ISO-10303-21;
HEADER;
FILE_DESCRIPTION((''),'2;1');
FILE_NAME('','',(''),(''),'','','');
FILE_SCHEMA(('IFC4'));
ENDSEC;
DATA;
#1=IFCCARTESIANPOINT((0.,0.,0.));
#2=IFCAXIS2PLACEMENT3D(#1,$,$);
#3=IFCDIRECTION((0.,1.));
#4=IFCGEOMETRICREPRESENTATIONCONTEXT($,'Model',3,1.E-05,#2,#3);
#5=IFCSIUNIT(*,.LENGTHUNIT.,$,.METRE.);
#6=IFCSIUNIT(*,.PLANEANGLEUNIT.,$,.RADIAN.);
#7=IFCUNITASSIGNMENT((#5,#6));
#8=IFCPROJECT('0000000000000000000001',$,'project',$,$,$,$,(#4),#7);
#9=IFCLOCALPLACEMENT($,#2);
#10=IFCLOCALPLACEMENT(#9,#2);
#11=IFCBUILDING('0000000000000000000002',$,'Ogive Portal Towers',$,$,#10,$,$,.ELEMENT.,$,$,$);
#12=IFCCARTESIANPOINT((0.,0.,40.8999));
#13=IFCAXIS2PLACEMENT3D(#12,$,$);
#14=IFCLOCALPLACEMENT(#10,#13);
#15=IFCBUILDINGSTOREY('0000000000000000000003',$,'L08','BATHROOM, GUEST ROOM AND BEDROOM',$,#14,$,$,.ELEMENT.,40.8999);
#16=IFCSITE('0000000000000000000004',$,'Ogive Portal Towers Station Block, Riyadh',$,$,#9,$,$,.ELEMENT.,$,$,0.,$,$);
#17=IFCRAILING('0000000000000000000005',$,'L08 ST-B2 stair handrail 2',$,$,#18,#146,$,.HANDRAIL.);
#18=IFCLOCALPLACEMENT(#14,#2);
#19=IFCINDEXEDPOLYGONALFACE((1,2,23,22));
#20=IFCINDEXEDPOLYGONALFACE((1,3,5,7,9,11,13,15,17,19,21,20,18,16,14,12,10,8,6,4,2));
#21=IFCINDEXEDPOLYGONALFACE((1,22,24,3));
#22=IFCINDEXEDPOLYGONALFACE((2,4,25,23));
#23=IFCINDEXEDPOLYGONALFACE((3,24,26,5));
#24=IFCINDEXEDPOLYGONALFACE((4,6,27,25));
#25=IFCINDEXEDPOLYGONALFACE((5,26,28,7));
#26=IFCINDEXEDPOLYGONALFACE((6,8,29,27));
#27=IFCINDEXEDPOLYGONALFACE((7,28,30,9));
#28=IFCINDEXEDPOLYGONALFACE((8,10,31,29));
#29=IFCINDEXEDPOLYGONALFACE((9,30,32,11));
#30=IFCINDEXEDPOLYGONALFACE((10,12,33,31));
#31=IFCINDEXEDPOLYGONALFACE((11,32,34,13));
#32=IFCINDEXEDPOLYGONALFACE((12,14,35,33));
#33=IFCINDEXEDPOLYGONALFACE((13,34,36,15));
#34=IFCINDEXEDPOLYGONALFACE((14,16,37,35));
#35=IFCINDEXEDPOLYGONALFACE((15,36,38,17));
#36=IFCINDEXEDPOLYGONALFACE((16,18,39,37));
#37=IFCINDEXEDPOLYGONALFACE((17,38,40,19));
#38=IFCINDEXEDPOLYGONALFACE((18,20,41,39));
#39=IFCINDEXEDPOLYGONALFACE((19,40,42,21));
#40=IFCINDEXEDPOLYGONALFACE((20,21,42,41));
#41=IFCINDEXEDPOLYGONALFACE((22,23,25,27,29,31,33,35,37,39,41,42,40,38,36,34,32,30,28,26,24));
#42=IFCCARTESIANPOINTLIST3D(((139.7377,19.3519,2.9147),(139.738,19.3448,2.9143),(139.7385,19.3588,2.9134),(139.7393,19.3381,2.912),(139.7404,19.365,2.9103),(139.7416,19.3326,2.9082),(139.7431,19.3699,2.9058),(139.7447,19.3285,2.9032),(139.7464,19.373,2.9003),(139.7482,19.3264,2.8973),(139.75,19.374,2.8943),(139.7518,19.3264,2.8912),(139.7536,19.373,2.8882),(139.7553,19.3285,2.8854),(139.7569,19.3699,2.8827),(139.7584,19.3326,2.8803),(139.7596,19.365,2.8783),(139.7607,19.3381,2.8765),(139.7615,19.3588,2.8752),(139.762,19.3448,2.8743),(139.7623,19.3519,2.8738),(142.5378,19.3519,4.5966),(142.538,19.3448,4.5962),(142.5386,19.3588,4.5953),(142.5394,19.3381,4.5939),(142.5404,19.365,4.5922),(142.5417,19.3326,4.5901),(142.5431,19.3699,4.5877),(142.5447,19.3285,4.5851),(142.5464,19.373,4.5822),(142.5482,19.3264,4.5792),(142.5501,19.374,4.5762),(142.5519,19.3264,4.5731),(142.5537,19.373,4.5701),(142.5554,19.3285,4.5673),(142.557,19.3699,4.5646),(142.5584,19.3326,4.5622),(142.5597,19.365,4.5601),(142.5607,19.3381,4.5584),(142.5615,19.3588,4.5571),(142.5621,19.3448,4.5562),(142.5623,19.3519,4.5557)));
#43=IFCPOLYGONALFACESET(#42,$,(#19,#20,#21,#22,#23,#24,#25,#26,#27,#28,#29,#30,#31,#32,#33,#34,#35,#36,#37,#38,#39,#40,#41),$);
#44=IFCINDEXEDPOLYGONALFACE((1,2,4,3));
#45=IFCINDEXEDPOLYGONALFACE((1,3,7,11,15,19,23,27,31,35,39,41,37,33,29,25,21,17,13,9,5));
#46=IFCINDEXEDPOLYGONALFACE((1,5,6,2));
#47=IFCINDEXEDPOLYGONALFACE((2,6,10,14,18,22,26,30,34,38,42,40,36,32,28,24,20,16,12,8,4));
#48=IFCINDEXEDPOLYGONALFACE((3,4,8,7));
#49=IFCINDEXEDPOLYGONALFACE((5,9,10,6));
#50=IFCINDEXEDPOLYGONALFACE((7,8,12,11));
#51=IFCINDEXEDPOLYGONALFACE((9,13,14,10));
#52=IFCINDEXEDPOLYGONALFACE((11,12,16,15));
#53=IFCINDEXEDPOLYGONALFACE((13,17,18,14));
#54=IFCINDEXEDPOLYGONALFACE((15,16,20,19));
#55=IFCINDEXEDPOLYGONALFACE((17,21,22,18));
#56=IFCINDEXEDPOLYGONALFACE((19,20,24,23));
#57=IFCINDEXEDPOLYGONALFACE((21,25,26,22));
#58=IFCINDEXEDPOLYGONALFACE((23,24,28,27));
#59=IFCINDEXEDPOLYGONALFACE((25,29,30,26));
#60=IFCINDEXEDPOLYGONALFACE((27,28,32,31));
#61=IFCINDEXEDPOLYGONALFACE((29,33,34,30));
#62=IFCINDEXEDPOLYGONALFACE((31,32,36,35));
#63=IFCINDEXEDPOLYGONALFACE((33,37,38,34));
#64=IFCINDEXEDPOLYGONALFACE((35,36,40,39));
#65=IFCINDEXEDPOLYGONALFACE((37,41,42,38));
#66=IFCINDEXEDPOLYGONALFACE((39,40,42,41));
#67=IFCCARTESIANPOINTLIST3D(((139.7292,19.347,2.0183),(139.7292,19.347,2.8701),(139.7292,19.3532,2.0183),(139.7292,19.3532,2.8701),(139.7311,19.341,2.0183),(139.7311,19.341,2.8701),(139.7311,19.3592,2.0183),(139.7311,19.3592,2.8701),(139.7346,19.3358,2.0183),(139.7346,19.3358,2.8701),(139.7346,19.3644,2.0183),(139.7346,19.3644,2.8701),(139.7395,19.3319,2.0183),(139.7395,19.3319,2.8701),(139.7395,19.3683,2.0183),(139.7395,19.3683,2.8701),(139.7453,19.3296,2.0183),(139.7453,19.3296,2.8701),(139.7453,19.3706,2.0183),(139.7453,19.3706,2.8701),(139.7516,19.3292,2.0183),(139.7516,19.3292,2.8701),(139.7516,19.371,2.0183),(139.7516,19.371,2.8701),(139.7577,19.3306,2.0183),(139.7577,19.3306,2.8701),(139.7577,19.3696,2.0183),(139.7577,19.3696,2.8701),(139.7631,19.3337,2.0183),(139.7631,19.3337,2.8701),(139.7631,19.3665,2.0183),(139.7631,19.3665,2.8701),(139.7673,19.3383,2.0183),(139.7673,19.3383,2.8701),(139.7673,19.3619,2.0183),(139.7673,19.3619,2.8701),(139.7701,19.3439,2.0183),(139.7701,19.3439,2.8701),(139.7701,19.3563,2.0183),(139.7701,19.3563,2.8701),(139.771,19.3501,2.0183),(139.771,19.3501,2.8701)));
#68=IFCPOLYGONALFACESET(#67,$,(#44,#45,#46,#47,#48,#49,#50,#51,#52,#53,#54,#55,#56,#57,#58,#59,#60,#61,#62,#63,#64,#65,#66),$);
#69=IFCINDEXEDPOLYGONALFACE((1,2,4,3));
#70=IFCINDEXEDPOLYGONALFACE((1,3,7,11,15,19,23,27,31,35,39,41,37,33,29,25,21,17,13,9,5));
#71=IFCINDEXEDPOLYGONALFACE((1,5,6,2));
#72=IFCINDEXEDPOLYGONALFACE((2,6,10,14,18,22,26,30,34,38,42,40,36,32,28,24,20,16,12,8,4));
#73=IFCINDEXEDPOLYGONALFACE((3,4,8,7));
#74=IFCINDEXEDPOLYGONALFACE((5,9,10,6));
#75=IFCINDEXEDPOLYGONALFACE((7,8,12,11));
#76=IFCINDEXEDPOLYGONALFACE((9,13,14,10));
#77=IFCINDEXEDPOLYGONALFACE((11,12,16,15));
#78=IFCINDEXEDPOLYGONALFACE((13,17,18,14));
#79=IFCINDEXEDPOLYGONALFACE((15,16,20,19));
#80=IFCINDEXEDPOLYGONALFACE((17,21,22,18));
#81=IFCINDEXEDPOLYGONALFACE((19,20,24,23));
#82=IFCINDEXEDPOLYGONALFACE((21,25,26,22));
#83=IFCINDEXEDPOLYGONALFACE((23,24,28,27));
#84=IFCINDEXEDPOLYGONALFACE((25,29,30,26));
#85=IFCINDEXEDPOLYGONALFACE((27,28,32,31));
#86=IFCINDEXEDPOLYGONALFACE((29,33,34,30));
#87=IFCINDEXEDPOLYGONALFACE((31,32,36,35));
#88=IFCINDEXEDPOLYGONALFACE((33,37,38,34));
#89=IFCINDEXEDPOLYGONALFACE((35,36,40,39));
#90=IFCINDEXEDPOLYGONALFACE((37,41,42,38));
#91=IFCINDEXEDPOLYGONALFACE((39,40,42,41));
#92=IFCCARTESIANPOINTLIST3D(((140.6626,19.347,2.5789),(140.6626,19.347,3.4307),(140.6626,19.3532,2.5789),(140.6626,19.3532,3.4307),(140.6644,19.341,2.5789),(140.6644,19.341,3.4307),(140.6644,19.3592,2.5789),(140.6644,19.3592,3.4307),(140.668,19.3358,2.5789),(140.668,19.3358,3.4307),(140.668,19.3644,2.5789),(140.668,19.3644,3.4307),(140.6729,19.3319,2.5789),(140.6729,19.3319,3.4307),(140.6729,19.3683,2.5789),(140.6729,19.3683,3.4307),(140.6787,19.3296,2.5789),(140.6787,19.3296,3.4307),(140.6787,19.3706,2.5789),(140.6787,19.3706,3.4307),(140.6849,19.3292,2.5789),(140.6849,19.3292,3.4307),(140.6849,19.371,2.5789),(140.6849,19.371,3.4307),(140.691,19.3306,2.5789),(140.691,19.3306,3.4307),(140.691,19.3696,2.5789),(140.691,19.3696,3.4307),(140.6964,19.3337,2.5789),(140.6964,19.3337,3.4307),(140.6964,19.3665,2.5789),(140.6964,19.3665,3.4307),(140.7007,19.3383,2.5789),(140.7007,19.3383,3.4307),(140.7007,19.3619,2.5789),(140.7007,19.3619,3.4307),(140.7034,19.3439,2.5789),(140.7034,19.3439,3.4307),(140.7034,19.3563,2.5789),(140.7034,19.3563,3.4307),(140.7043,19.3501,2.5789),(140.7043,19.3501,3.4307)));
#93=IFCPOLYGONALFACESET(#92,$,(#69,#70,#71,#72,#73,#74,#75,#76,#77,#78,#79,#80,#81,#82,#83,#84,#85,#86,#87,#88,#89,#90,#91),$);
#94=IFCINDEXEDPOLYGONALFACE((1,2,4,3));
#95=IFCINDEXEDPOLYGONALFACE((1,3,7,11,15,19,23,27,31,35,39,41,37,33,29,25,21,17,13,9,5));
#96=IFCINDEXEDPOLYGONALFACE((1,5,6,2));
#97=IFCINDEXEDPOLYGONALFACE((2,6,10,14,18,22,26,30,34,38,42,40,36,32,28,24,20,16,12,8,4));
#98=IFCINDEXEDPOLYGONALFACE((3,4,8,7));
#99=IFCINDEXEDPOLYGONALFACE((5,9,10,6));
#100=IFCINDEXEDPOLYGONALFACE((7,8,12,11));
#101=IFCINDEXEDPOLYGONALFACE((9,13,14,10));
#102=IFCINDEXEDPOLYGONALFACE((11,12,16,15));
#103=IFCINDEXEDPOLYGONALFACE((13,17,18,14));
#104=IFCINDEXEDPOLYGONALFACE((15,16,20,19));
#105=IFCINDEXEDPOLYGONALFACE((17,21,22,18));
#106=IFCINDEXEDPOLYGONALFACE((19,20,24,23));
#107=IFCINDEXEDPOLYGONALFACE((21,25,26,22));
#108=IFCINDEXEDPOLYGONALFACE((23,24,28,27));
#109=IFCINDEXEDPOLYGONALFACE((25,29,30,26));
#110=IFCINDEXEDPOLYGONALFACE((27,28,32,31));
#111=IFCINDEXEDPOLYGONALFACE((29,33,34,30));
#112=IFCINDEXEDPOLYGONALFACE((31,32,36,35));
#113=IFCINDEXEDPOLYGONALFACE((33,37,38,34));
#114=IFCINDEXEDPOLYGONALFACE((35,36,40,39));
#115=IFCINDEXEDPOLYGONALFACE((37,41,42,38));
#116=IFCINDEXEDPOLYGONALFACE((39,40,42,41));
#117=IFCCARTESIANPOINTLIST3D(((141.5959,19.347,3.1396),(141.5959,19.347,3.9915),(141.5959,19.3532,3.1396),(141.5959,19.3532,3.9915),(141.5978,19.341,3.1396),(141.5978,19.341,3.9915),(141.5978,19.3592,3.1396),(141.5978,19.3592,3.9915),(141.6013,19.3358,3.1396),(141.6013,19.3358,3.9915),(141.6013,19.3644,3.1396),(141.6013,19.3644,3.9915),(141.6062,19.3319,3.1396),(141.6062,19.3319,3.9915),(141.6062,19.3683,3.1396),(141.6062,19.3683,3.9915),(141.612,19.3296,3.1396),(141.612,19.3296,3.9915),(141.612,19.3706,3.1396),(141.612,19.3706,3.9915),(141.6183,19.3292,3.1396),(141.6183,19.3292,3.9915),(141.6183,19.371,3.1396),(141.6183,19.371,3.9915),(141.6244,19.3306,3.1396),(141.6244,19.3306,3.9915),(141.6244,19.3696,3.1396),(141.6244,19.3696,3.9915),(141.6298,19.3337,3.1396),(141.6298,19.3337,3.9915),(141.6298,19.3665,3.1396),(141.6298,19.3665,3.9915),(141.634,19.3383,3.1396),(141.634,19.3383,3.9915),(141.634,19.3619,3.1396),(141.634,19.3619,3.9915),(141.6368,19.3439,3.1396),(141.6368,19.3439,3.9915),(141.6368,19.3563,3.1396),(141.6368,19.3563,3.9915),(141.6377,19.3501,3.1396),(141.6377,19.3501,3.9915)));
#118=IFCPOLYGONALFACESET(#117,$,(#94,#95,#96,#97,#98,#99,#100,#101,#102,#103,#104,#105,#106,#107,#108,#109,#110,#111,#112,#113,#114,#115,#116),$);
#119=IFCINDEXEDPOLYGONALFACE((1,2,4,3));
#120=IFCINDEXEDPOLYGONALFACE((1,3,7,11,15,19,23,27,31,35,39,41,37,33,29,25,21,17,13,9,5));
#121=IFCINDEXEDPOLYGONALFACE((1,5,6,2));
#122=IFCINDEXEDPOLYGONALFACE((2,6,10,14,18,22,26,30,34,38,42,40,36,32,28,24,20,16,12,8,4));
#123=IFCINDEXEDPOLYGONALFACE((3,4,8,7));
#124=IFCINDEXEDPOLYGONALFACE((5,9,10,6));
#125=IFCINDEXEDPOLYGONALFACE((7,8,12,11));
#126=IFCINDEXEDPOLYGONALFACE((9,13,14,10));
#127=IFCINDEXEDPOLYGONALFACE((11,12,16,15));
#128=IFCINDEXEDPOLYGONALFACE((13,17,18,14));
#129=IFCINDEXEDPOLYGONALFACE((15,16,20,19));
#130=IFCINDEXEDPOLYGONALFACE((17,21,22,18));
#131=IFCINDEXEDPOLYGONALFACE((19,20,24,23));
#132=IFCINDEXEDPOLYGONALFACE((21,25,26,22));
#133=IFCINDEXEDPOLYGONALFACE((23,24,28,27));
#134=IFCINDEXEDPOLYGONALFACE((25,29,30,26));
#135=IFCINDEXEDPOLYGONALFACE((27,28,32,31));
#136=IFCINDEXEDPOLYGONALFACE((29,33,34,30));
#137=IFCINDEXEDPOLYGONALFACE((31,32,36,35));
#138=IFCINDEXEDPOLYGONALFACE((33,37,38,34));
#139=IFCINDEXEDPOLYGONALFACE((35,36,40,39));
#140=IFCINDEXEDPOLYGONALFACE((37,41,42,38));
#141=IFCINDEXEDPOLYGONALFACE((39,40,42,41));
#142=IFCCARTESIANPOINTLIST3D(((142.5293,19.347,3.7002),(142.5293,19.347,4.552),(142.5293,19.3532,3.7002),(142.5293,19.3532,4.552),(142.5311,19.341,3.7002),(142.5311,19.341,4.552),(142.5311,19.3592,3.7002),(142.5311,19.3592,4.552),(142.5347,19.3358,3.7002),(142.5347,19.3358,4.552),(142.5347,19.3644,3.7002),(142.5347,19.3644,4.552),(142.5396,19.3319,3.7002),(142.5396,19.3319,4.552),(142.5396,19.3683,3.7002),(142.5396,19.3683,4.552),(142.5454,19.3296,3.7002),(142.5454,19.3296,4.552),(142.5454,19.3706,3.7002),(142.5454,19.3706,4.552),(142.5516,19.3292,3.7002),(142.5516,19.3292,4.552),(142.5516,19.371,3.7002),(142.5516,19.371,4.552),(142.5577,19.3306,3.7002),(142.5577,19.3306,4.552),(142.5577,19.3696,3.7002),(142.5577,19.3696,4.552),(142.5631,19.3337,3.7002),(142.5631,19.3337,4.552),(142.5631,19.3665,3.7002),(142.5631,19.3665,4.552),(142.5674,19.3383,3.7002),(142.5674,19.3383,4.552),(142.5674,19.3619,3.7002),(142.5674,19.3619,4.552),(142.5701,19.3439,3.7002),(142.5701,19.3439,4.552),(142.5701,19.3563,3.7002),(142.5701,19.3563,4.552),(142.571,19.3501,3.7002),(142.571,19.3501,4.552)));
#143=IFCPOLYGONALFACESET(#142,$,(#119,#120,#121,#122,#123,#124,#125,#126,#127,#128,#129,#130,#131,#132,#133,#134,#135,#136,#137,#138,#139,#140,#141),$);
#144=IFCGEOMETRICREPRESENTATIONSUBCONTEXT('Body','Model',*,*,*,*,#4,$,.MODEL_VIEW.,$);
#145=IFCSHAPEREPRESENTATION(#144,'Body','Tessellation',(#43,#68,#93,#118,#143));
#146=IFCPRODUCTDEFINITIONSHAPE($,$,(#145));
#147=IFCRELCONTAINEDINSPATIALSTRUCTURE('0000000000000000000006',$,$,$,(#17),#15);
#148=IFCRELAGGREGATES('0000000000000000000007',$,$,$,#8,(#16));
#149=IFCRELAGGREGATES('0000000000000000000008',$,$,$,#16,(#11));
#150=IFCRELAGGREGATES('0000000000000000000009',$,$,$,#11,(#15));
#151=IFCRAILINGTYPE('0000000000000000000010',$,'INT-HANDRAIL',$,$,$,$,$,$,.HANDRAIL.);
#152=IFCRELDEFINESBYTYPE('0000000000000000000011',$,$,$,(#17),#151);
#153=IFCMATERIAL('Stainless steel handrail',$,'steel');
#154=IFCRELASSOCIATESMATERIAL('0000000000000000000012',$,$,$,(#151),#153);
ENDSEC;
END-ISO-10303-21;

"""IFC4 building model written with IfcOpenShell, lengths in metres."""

from ifc_helpers import new_model, si_unit, direction, frame, origin, origin_2d, place, context, subcontext, project, spatial, circle, extrude, material, type_object, element, save


model = new_model("IFC4")

# Units and contexts
model_context = context("Model", 3, precision=1e-05, world=origin(), true_north=direction((0.0, 1.0)))
body_context = subcontext(model_context, "Body", "Model", "MODEL_VIEW")
ifc_project = project(units=[si_unit("LENGTHUNIT", "METRE"), si_unit("PLANEANGLEUNIT", "RADIAN")], contexts=[model_context])

# Site, building, storey
site_placement = place(None, origin())
site = spatial("IfcSite", under=ifc_project, at=site_placement, Name="Ogive Portal Towers Station Block, Riyadh", CompositionType="ELEMENT", RefElevation=0.0)
building_placement = place(site_placement, origin())
building = spatial("IfcBuilding", under=site, at=building_placement, Name="Ogive Portal Towers", CompositionType="ELEMENT")
storey_placement = place(building_placement, frame((0.0, 0.0, 40.8999)))
storey = spatial("IfcBuildingStorey", under=building, at=storey_placement, Name="L08", Description="BATHROOM, GUEST ROOM AND BEDROOM", CompositionType="ELEMENT", Elevation=40.8999)

# Railing
ifc_material_1 = material(Name="Stainless steel handrail", Category="steel")
railing_type_1 = type_object("IfcRailingType", Name="INT-HANDRAIL", PredefinedType="HANDRAIL", material=ifc_material_1)
railing_1_placement = place(storey_placement, frame((139.75, 19.3501, 2.0183)))
element("IfcRailing", 1, at=railing_1_placement, inside=storey, type_object=railing_type_1, Name="L08 ST-B2 stair handrail 2", PredefinedType="HANDRAIL", context=body_context, shape_type="SweptSolid", body=[
    extrude(circle(Radius=0.0239, at=origin_2d()), frame((0.0, 0.0, 0.876), z_axis=(0.857242, 0.0, 0.514913), x_axis=(0.0, 1.0, 0.0)), (0.0, 0.0, 1.0), 3.2664),
    extrude(circle(Radius=0.021, at=origin_2d()), origin(), (0.0, 0.0, 1.0), 0.8518),
    extrude(circle(Radius=0.021, at=origin_2d()), frame((0.9333, 0.0, 0.5605)), (0.0, 0.0, 1.0), 0.8518),
    extrude(circle(Radius=0.021, at=origin_2d()), frame((1.8667, 0.0, 1.1213)), (0.0, 0.0, 1.0), 0.8518),
    extrude(circle(Radius=0.021, at=origin_2d()), frame((2.8, 0.0, 1.6819)), (0.0, 0.0, 1.0), 0.8518),
])

save(model, "model.ifc")
